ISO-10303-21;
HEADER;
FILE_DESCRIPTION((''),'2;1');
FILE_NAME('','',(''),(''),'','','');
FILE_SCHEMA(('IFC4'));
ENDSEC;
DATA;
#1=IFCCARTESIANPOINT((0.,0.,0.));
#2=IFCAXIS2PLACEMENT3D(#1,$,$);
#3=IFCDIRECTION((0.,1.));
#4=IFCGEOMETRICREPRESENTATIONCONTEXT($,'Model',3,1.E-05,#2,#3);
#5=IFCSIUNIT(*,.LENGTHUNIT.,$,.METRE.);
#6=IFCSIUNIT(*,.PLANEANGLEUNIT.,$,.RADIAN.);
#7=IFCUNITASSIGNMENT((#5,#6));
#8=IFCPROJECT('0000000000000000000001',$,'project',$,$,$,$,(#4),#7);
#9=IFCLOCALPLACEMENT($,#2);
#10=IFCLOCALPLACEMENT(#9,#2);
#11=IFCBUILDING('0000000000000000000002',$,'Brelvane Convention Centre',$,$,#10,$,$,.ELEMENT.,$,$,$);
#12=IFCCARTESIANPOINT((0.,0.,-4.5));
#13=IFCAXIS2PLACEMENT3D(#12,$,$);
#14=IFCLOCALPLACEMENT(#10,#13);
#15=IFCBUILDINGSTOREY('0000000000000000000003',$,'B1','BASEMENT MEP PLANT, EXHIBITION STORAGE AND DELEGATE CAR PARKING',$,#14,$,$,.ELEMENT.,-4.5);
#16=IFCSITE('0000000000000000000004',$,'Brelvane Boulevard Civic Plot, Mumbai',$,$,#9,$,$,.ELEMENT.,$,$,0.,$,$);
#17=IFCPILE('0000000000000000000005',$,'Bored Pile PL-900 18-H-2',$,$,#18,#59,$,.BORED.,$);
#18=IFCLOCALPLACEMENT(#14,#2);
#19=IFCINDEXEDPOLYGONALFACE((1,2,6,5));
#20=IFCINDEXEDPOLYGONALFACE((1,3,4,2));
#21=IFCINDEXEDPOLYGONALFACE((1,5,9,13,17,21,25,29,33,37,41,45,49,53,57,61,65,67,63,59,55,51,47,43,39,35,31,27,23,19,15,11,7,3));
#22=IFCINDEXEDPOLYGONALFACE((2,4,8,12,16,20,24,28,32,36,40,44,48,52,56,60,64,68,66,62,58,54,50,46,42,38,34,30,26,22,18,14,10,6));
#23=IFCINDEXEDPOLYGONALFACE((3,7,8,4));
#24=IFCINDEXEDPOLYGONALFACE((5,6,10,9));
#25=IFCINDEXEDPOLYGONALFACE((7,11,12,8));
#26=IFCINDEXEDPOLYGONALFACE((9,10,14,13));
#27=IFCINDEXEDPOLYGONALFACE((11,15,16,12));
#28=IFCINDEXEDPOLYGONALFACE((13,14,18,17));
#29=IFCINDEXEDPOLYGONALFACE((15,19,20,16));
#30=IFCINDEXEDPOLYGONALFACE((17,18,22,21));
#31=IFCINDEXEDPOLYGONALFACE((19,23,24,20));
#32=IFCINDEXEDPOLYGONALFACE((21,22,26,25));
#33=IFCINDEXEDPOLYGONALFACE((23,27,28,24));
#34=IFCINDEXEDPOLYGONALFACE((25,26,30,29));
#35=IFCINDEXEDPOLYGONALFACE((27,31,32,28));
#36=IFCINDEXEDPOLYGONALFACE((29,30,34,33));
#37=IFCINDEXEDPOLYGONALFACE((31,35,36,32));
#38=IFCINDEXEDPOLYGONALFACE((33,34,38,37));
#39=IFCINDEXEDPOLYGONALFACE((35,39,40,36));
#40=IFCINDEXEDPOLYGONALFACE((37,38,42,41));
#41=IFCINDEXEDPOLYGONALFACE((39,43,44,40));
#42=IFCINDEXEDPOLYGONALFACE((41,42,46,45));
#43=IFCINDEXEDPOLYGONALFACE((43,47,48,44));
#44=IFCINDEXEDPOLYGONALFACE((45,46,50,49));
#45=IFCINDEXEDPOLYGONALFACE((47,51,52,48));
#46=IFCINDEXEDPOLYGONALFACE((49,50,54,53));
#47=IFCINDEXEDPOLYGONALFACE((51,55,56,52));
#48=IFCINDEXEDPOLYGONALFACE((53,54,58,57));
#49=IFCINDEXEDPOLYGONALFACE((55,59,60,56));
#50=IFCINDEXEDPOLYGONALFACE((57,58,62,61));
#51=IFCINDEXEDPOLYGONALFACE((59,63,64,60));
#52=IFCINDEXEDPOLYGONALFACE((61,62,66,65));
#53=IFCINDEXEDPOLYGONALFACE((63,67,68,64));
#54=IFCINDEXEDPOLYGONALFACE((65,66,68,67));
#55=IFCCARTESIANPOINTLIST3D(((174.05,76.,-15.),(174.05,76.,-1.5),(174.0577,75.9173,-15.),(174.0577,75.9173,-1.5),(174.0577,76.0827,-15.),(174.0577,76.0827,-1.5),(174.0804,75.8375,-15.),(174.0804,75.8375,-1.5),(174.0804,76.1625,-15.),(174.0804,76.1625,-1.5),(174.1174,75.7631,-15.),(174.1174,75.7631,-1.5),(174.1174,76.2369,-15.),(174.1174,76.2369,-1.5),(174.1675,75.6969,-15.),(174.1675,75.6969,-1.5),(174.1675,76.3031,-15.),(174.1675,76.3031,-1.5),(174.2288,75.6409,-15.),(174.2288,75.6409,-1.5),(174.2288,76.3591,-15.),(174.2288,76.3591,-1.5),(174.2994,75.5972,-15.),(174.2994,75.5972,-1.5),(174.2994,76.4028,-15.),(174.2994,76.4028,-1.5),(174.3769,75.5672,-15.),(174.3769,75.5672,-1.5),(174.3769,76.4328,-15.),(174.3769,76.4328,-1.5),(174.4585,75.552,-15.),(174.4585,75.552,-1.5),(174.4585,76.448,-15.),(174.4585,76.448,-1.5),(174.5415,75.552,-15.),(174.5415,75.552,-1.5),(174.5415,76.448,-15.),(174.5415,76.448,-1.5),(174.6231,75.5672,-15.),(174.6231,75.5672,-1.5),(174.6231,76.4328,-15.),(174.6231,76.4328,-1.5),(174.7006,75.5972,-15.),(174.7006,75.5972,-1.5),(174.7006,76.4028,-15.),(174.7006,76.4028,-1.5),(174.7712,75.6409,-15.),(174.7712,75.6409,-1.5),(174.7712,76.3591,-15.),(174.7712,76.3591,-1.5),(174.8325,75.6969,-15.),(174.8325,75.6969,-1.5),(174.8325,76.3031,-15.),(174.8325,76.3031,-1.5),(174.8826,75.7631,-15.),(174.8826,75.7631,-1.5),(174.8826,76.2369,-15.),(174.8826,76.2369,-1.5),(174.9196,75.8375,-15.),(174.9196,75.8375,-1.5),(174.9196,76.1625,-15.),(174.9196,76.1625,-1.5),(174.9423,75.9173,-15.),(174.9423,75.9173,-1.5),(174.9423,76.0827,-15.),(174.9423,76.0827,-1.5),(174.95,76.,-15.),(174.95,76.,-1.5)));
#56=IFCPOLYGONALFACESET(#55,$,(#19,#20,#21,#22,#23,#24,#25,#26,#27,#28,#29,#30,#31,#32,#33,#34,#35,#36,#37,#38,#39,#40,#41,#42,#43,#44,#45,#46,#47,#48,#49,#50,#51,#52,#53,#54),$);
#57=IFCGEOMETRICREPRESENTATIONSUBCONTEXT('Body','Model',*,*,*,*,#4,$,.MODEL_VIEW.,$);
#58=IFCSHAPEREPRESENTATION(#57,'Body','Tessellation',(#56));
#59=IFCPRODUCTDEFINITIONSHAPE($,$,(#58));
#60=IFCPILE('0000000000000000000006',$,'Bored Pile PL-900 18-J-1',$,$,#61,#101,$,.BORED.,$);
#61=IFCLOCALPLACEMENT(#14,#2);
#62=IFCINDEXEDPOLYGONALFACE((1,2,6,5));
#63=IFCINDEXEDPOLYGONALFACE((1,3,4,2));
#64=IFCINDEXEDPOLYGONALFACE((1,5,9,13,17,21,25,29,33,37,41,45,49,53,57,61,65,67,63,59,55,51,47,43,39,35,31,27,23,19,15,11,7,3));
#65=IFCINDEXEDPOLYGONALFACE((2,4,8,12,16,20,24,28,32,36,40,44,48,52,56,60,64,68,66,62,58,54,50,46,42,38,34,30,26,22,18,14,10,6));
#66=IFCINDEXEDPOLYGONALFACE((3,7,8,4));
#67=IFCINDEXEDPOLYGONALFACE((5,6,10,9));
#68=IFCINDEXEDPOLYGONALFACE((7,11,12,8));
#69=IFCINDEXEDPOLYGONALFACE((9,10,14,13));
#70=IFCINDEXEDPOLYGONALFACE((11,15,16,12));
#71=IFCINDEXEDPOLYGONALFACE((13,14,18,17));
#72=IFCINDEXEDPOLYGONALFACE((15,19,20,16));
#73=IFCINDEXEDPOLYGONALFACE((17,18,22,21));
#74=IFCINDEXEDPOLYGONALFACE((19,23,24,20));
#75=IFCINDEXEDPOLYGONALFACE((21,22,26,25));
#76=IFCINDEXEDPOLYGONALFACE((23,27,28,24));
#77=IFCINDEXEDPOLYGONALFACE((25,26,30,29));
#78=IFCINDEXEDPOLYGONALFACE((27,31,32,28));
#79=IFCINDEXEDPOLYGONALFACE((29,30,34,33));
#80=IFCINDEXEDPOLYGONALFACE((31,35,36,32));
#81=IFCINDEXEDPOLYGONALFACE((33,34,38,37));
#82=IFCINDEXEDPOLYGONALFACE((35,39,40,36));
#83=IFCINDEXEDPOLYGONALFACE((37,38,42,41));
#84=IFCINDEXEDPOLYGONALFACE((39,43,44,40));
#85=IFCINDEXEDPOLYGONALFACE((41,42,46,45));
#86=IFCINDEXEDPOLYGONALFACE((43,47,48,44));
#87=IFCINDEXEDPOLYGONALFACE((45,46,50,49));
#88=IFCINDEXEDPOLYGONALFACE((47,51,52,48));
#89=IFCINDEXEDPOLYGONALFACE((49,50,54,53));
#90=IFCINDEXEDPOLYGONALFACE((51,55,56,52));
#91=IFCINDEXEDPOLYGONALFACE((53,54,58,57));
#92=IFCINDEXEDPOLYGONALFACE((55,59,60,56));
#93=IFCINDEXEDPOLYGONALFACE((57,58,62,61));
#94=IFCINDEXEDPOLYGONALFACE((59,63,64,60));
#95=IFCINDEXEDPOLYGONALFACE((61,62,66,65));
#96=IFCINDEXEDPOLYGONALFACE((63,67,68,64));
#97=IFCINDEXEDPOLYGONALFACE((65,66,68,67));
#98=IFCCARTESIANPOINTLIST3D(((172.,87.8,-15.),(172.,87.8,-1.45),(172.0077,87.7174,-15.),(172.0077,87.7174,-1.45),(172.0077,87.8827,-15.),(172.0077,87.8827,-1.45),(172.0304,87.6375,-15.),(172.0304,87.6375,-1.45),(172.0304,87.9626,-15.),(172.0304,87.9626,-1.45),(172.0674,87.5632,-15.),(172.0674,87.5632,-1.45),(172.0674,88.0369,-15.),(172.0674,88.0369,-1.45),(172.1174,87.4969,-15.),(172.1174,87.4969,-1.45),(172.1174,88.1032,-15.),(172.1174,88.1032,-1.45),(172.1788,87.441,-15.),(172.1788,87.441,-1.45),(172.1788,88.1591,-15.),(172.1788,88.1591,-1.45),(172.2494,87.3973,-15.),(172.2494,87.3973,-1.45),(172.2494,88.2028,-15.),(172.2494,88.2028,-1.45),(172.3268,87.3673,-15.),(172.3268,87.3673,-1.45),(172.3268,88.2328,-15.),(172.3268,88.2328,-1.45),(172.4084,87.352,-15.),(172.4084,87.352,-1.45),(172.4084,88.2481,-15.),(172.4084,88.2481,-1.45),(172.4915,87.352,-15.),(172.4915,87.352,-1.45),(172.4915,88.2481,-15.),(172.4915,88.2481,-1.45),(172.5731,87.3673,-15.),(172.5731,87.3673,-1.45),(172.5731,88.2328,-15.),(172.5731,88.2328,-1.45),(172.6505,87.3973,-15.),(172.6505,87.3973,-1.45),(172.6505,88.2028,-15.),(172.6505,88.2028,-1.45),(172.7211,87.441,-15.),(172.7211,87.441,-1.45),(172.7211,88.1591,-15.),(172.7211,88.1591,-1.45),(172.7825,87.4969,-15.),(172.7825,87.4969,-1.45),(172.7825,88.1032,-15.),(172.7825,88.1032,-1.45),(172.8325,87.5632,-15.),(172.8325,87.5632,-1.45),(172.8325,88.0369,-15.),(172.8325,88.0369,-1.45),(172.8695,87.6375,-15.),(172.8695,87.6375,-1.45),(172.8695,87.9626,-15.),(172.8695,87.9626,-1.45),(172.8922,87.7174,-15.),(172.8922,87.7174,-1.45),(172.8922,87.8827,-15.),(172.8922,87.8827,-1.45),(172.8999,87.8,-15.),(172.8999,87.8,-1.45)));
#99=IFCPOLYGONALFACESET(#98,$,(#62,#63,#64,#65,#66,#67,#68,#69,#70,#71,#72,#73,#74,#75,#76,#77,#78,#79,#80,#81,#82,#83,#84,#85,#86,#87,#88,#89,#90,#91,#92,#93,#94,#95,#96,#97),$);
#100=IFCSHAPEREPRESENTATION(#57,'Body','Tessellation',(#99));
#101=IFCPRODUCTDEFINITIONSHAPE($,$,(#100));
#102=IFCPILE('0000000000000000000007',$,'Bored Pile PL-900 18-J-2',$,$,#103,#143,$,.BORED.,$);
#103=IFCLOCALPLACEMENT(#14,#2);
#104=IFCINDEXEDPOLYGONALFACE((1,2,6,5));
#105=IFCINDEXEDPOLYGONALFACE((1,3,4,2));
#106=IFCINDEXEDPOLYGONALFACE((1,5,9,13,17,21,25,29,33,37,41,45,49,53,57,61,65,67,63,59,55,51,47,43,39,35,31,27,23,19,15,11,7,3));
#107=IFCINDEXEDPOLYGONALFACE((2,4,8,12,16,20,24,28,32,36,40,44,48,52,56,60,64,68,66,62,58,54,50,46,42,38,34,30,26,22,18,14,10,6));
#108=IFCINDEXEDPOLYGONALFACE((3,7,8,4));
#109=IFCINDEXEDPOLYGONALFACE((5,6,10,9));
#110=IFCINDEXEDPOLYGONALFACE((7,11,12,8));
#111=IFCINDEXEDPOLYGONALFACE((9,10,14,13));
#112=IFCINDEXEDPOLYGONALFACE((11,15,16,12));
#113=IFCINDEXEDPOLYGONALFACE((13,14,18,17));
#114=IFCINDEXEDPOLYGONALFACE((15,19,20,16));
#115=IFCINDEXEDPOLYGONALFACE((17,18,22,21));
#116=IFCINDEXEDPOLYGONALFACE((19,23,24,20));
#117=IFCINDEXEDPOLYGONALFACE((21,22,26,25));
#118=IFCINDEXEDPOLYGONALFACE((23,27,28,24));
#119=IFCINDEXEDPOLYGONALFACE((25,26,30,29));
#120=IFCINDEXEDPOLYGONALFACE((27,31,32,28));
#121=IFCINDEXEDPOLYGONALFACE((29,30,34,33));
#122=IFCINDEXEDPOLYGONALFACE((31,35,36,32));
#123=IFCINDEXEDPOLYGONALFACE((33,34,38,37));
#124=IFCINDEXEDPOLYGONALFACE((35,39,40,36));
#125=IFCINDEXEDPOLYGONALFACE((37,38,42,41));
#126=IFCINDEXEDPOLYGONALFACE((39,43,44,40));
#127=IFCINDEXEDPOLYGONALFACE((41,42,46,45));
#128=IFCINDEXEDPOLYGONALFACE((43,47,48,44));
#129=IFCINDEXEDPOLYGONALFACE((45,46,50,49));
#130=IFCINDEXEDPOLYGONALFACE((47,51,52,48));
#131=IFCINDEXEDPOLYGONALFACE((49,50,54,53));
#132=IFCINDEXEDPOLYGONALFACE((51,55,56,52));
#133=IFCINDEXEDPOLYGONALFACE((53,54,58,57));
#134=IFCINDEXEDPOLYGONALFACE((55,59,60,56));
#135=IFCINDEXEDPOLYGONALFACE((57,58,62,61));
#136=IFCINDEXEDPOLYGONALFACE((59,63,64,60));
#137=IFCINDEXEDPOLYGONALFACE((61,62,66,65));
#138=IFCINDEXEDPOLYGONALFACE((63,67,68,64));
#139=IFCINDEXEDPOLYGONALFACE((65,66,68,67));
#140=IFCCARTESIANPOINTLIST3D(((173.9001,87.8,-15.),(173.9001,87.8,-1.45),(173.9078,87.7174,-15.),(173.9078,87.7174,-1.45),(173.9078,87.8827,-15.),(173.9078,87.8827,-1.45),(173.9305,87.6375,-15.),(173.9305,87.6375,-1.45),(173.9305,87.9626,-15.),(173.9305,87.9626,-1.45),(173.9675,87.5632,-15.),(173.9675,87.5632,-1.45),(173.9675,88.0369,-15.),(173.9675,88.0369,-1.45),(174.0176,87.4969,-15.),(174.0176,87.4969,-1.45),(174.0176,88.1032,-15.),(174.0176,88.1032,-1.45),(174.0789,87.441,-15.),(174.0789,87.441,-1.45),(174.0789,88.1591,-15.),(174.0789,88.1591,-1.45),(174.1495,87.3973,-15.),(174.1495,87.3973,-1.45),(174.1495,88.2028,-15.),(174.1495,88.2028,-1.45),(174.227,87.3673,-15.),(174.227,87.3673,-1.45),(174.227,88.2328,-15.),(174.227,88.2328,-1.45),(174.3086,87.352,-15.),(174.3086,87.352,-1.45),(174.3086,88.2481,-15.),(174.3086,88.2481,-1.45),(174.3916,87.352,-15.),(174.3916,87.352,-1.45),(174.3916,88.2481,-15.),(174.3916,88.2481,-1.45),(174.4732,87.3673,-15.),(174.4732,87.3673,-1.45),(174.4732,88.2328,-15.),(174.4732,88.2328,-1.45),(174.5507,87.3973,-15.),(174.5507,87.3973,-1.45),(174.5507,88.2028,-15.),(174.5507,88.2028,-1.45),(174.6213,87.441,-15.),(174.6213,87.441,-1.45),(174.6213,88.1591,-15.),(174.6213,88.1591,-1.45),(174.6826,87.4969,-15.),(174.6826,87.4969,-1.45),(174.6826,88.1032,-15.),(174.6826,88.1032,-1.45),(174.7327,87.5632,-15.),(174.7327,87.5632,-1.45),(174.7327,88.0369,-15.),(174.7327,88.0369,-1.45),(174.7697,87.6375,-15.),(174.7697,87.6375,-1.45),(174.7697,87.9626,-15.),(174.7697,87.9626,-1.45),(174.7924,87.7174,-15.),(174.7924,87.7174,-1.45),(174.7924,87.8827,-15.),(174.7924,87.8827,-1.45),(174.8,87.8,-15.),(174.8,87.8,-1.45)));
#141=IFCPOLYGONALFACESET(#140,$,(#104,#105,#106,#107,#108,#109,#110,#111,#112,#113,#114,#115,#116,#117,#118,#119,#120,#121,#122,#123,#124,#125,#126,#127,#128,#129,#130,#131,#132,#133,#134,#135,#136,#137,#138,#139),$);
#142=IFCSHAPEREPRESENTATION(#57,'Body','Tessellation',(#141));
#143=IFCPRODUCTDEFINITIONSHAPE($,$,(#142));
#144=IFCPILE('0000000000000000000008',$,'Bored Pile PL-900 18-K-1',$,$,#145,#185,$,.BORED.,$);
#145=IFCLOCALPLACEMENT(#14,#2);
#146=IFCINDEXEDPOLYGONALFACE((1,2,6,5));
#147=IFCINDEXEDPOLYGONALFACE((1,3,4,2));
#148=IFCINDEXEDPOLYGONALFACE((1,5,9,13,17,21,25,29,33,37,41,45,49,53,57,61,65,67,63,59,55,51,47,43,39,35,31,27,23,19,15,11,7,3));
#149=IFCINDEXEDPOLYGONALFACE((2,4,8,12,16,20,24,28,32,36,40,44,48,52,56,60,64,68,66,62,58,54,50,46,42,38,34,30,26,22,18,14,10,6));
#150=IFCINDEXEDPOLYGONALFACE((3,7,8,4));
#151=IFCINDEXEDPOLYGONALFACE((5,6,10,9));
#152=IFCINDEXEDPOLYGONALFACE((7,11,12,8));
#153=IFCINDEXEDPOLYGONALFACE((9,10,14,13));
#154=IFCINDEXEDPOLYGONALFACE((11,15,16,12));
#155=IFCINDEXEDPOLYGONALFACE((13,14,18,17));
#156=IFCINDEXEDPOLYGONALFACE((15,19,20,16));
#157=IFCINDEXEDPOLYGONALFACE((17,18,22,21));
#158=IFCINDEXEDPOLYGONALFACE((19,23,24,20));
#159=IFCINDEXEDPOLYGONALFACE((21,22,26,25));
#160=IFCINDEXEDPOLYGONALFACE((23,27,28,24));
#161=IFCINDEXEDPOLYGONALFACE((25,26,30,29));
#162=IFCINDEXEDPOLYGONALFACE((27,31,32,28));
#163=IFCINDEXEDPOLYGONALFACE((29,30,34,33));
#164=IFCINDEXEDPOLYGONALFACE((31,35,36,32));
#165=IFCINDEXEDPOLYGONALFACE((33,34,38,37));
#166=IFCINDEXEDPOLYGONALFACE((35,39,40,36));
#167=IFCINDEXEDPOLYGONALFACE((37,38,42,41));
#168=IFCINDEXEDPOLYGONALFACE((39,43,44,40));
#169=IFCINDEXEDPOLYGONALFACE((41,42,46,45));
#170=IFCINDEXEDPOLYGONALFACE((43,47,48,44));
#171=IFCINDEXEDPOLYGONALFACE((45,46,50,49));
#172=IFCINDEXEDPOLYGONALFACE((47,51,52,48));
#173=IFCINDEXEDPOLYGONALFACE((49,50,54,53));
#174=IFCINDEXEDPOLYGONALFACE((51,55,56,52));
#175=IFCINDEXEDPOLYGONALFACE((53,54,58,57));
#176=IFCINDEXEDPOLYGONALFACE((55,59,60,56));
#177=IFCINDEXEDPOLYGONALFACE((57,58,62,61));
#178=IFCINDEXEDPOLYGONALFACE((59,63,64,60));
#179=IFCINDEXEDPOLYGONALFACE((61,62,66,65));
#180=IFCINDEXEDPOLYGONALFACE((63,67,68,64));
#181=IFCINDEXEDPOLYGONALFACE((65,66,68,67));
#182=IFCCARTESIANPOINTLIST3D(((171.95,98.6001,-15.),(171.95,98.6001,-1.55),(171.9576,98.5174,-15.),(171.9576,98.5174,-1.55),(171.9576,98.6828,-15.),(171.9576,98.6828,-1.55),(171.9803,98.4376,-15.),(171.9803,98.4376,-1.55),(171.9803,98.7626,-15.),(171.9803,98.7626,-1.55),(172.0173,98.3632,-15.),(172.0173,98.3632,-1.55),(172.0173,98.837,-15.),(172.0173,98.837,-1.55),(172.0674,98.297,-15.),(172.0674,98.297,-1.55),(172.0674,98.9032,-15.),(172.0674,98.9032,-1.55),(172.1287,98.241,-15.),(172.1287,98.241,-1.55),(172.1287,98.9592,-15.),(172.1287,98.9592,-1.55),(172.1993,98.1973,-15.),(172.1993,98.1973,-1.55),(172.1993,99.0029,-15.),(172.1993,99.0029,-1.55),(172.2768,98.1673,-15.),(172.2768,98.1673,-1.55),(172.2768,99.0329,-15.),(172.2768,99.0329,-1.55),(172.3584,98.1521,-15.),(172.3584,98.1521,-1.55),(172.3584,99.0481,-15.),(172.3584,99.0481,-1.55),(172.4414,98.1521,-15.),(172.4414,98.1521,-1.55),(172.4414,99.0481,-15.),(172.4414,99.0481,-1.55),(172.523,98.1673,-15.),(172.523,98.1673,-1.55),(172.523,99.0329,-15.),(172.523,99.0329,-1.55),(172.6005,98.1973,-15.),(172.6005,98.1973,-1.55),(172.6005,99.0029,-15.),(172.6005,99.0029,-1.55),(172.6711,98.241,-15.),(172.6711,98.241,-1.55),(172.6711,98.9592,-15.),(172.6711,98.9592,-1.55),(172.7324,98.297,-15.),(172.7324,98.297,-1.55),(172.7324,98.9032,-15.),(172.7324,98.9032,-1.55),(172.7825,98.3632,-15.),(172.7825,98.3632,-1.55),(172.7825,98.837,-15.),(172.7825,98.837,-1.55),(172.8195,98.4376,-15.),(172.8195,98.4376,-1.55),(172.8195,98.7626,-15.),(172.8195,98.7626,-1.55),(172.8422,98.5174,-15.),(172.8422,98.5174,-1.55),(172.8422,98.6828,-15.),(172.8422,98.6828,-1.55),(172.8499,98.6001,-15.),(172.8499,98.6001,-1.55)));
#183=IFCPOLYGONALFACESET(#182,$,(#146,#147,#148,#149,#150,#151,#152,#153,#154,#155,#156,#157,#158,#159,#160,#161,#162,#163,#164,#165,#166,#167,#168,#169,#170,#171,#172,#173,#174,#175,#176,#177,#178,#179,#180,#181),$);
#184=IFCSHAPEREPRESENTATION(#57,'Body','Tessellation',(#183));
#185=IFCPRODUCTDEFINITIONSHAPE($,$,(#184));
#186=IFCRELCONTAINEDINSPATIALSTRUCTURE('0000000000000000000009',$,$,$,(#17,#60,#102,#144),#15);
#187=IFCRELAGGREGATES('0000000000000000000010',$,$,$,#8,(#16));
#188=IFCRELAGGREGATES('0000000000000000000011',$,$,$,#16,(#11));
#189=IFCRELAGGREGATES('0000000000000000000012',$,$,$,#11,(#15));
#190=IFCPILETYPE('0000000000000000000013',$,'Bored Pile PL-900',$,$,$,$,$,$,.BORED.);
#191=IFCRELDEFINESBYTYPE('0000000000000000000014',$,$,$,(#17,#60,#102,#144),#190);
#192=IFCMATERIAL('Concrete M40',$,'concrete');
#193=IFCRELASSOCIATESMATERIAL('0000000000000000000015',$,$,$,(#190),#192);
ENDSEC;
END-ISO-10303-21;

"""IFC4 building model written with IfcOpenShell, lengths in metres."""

from ifc_helpers import new_model, si_unit, direction, frame, origin, origin_2d, place, context, subcontext, project, spatial, circle, extrude, material, material_profile, profile_set, type_object, element, save


model = new_model("IFC4")

# Units and contexts
model_context = context("Model", 3, precision=1e-05, world=origin(), true_north=direction((0.0, 1.0)))
body_context = subcontext(model_context, "Body", "Model", "MODEL_VIEW")
ifc_project = project(units=[si_unit("LENGTHUNIT", "METRE"), si_unit("PLANEANGLEUNIT", "RADIAN")], contexts=[model_context])

# Site, building, storey
site_placement = place(None, origin())
site = spatial("IfcSite", under=ifc_project, at=site_placement, Name="Brelvane Boulevard Civic Plot, Mumbai", CompositionType="ELEMENT", RefElevation=0.0)
building_placement = place(site_placement, origin())
building = spatial("IfcBuilding", under=site, at=building_placement, Name="Brelvane Convention Centre", CompositionType="ELEMENT")
storey_placement = place(building_placement, frame((0.0, 0.0, -4.5)))
storey = spatial("IfcBuildingStorey", under=building, at=storey_placement, Name="B1", Description="BASEMENT MEP PLANT, EXHIBITION STORAGE AND DELEGATE CAR PARKING", CompositionType="ELEMENT", Elevation=-4.5)

# Piles
ifc_material_1 = material(Name="Concrete M40", Category="concrete")
ifc_material_profile_1 = material_profile(ifc_material_1, circle(Radius=0.45, at=origin_2d()), Name="PILE D900")
ifc_profile_set_1 = profile_set([ifc_material_profile_1], Name="Concrete M40")
pile_type_1 = type_object("IfcPileType", Name="Bored Pile PL-900", PredefinedType="BORED", material=ifc_profile_set_1)
for number, where, z_axis, x_axis, name in (
    (1, (174.5, 76.0, -1.5), (0.0, 0.0, -1.0), (1.0, 0.0, 0.0), "Bored Pile PL-900 18-H-2"),
):
    element("IfcPile", number, at=place(storey_placement, frame(where, z_axis=z_axis, x_axis=x_axis)), inside=storey, type_object=pile_type_1, Name=name, PredefinedType="BORED", context=body_context, shape_type="SweptSolid", body=[
        extrude(circle(Radius=0.45, at=origin_2d()), origin(), (0.0, 0.0, 1.0), 13.5),
    ])
for number, where, z_axis, x_axis, name in (
    (2, (172.45, 87.8, -1.45), (0.0, 0.0, -1.0), (1.0, 0.0, 0.0), "Bored Pile PL-900 18-J-1"),
    (3, (174.3501, 87.8, -1.45), (0.0, 0.0, -1.0), (1.0, 0.0, 0.0), "Bored Pile PL-900 18-J-2"),
):
    element("IfcPile", number, at=place(storey_placement, frame(where, z_axis=z_axis, x_axis=x_axis)), inside=storey, type_object=pile_type_1, Name=name, PredefinedType="BORED", context=body_context, shape_type="SweptSolid", body=[
        extrude(circle(Radius=0.45, at=origin_2d()), origin(), (0.0, 0.0, 1.0), 13.55),
    ])
for number, where, z_axis, x_axis, name in (
    (4, (172.3999, 98.6001, -1.55), (0.0, 0.0, -1.0), (1.0, 0.0, 0.0), "Bored Pile PL-900 18-K-1"),
):
    element("IfcPile", number, at=place(storey_placement, frame(where, z_axis=z_axis, x_axis=x_axis)), inside=storey, type_object=pile_type_1, Name=name, PredefinedType="BORED", context=body_context, shape_type="SweptSolid", body=[
        extrude(circle(Radius=0.45, at=origin_2d()), origin(), (0.0, 0.0, 1.0), 13.45),
    ])

save(model, "model.ifc")
